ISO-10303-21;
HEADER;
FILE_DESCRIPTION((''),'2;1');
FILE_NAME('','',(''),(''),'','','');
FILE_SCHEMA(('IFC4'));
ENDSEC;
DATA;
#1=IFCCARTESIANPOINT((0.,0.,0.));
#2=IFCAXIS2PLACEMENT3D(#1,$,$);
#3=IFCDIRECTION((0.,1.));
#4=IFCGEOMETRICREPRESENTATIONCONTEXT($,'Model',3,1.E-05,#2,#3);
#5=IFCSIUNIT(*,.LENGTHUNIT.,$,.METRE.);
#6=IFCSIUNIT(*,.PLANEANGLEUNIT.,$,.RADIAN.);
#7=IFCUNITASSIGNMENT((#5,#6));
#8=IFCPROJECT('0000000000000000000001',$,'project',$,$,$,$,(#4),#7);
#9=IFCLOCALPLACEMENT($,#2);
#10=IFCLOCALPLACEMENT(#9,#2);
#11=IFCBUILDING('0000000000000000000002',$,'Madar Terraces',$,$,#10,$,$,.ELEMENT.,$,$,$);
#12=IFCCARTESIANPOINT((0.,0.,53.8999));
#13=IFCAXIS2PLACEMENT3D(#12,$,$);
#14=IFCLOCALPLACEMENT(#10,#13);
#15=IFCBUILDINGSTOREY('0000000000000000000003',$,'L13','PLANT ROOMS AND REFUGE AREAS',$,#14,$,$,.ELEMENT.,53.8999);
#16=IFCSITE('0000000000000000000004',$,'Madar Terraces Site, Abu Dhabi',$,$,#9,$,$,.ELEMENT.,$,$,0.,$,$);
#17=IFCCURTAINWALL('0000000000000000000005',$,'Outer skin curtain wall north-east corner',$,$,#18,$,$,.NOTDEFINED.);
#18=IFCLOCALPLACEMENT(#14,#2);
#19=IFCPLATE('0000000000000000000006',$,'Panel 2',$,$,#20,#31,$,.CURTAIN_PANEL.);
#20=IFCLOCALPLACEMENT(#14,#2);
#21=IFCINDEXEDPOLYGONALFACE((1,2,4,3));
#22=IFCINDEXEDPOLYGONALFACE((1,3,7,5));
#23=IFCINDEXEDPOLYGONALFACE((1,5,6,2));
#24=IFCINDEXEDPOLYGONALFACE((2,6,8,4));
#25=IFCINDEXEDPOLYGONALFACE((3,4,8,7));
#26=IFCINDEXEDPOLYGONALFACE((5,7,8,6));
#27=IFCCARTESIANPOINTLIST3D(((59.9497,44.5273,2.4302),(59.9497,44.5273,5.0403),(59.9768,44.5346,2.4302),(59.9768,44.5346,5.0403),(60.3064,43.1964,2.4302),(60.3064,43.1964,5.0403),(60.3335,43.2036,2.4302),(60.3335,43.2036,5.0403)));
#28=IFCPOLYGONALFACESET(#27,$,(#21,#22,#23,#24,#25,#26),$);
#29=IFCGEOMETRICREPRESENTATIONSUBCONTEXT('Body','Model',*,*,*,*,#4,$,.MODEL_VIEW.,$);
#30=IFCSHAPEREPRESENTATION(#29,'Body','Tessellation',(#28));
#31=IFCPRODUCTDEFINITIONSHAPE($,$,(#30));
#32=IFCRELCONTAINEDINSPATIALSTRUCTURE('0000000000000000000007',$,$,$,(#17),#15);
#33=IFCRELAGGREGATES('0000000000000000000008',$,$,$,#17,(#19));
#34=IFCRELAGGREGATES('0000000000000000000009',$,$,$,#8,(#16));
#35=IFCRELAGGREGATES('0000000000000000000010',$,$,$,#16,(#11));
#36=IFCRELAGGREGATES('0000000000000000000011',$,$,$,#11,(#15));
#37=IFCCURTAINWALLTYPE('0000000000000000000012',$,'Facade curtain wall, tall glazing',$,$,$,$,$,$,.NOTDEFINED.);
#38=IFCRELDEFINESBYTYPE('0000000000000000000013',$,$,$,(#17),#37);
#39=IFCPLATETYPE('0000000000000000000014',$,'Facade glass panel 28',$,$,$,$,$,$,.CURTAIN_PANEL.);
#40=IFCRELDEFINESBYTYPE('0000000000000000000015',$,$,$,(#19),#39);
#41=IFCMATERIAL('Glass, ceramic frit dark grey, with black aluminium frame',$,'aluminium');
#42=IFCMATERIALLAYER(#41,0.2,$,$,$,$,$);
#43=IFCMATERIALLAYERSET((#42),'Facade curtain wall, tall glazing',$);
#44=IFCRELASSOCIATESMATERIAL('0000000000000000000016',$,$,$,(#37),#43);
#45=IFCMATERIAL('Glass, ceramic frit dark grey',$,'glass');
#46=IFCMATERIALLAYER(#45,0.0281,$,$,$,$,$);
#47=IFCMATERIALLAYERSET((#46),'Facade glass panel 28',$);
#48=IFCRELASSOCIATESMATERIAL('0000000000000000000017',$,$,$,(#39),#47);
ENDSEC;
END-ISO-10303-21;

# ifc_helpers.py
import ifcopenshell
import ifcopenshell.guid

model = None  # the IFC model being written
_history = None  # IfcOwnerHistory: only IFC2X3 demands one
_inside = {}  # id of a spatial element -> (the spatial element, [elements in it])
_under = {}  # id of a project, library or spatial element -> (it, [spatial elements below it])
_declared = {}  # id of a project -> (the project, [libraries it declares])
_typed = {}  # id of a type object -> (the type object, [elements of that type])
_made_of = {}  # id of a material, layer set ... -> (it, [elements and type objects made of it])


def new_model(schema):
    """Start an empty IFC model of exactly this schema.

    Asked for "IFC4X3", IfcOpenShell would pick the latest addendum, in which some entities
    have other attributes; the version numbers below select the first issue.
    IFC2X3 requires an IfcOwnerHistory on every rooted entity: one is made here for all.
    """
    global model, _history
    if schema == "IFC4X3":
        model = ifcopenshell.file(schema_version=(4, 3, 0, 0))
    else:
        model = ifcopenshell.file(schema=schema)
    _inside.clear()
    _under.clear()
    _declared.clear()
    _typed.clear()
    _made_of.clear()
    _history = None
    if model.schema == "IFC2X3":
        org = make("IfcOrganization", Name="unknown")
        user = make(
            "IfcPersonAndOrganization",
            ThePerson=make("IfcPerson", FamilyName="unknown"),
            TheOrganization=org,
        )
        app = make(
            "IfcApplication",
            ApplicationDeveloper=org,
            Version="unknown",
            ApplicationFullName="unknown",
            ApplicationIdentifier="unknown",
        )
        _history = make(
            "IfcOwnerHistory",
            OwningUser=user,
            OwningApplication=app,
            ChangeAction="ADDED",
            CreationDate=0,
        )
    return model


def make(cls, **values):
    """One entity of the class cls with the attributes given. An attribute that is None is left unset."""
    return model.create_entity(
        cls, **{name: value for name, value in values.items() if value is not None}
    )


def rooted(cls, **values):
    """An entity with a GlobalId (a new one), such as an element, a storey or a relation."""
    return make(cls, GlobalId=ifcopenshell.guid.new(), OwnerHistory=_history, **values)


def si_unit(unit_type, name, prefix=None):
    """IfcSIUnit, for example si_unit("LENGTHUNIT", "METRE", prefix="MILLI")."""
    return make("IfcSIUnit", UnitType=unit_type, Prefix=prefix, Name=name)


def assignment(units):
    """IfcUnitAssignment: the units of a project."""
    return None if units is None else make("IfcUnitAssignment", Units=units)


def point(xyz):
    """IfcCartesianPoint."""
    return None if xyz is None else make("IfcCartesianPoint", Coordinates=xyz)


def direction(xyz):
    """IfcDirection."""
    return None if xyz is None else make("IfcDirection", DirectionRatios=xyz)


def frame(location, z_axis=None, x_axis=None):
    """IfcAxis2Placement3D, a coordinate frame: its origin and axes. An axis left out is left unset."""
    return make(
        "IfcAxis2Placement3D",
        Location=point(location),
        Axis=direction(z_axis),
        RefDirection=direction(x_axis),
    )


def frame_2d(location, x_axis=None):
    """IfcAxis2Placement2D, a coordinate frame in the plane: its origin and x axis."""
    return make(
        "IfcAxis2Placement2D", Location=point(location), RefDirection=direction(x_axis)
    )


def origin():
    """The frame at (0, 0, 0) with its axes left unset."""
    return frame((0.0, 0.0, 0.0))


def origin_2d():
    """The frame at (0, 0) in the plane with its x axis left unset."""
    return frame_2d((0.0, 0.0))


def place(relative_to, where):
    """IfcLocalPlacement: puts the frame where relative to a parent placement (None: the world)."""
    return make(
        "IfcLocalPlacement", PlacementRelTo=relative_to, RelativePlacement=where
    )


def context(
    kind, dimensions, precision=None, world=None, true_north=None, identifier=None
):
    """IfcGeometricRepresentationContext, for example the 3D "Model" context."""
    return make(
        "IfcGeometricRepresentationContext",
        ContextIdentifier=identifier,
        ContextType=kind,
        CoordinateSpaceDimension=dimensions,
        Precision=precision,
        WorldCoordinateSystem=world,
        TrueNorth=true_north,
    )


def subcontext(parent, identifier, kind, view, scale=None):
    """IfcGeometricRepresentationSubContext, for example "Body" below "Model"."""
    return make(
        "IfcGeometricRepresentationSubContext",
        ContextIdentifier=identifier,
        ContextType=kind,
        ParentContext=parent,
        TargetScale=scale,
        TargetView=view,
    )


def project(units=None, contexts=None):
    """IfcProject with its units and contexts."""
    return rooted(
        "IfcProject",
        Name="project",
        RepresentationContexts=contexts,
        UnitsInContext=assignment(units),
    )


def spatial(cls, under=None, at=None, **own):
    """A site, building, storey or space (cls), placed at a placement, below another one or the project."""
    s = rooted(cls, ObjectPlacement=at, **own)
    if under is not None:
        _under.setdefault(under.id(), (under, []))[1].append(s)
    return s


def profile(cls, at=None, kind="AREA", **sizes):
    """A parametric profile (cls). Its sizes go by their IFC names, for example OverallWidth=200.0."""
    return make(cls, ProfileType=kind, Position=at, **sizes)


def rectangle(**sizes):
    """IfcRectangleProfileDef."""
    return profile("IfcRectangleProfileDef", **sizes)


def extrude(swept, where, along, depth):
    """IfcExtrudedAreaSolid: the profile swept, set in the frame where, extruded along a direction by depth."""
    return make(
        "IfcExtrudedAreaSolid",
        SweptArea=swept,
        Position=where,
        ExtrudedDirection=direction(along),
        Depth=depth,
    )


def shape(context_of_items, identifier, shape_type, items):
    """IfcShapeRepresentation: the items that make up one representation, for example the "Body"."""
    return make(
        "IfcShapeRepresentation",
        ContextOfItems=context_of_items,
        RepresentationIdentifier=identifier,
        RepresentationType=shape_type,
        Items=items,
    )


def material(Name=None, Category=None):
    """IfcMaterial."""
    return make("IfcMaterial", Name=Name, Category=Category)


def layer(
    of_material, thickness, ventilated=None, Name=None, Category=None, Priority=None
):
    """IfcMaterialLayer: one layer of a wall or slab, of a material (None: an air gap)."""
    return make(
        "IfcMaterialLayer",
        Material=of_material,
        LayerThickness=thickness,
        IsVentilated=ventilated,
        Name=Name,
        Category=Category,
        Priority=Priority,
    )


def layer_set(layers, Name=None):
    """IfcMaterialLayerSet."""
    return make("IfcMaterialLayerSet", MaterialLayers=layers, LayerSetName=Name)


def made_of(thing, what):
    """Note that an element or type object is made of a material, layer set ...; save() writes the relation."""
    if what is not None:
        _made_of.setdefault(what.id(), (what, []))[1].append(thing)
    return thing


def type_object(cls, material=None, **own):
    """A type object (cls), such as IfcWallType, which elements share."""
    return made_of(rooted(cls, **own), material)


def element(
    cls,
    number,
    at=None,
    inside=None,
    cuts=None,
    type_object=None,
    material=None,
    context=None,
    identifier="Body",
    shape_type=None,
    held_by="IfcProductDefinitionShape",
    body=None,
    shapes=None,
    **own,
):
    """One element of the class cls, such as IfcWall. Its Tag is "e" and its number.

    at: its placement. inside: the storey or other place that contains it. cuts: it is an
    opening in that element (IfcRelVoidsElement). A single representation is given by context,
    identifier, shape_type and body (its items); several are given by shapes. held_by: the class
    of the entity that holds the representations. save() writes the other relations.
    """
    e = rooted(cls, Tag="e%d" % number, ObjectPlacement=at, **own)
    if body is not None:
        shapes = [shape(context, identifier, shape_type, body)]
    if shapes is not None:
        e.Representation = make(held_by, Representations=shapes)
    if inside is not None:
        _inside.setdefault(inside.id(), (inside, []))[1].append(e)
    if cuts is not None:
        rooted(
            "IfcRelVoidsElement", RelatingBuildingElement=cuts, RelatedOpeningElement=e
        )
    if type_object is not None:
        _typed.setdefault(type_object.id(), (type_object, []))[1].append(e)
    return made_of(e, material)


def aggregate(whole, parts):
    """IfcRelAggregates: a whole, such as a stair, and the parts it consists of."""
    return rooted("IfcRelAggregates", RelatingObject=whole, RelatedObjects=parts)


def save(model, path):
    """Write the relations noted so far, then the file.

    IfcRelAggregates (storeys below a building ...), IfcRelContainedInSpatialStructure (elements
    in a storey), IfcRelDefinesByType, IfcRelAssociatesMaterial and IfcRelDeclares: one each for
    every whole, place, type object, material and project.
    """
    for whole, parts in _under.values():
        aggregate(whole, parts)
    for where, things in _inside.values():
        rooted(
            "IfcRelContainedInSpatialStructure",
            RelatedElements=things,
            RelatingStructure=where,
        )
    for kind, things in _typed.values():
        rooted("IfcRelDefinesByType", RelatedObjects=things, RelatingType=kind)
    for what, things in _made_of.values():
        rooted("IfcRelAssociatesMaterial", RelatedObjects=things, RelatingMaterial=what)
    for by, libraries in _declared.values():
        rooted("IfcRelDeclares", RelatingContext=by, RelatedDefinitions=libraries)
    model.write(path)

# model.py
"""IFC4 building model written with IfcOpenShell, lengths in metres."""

from ifc_helpers import new_model, si_unit, direction, frame, origin, origin_2d, place, context, subcontext, project, spatial, rectangle, extrude, material, layer, layer_set, type_object, element, aggregate, save


model = new_model("IFC4")

# Units and contexts
model_context = context("Model", 3, precision=1e-05, world=origin(), true_north=direction((0.0, 1.0)))
body_context = subcontext(model_context, "Body", "Model", "MODEL_VIEW")
ifc_project = project(units=[si_unit("LENGTHUNIT", "METRE"), si_unit("PLANEANGLEUNIT", "RADIAN")], contexts=[model_context])

# Site, building, storey
site_placement = place(None, origin())
site = spatial("IfcSite", under=ifc_project, at=site_placement, Name="Madar Terraces Site, Abu Dhabi", CompositionType="ELEMENT", RefElevation=0.0)
building_placement = place(site_placement, origin())
building = spatial("IfcBuilding", under=site, at=building_placement, Name="Madar Terraces", CompositionType="ELEMENT")
storey_placement = place(building_placement, frame((0.0, 0.0, 53.8999)))
storey = spatial("IfcBuildingStorey", under=building, at=storey_placement, Name="L13", Description="PLANT ROOMS AND REFUGE AREAS", CompositionType="ELEMENT", Elevation=53.8999)

# Curtain wall
ifc_material_1 = material(Name="Glass, ceramic frit dark grey, with black aluminium frame", Category="aluminium")
ifc_layer_1 = layer(ifc_material_1, 0.2)
ifc_layer_set_1 = layer_set([ifc_layer_1], Name="Facade curtain wall, tall glazing")
curtain_wall_type = type_object("IfcCurtainWallType", Name="Facade curtain wall, tall glazing", PredefinedType="NOTDEFINED", material=ifc_layer_set_1)
curtain_wall_placement = place(storey_placement, origin())
curtain_wall = element("IfcCurtainWall", 1, at=curtain_wall_placement, inside=storey, type_object=curtain_wall_type, Name="Outer skin curtain wall north-east corner", PredefinedType="NOTDEFINED")

# Plate
ifc_material_2 = material(Name="Glass, ceramic frit dark grey", Category="glass")
ifc_layer_2 = layer(ifc_material_2, 0.0281)
ifc_layer_set_2 = layer_set([ifc_layer_2], Name="Facade glass panel 28")
plate_type = type_object("IfcPlateType", Name="Facade glass panel 28", PredefinedType="CURTAIN_PANEL", material=ifc_layer_set_2)
plate_1_placement = place(storey_placement, frame((60.1416, 43.8655, 2.4302), z_axis=(0.0, 0.0, 1.0), x_axis=(-0.258819, 0.965926, 0.0)))
plate_1 = element("IfcPlate", 2, at=plate_1_placement, type_object=plate_type, Name="Panel 2", PredefinedType="CURTAIN_PANEL", context=body_context, shape_type="SweptSolid", body=[
    extrude(rectangle(XDim=1.3779, YDim=0.0281, at=origin_2d()), origin(), (0.0, 0.0, 1.0), 2.6101),
])
aggregate(curtain_wall, [plate_1])

save(model, "model.ifc")
